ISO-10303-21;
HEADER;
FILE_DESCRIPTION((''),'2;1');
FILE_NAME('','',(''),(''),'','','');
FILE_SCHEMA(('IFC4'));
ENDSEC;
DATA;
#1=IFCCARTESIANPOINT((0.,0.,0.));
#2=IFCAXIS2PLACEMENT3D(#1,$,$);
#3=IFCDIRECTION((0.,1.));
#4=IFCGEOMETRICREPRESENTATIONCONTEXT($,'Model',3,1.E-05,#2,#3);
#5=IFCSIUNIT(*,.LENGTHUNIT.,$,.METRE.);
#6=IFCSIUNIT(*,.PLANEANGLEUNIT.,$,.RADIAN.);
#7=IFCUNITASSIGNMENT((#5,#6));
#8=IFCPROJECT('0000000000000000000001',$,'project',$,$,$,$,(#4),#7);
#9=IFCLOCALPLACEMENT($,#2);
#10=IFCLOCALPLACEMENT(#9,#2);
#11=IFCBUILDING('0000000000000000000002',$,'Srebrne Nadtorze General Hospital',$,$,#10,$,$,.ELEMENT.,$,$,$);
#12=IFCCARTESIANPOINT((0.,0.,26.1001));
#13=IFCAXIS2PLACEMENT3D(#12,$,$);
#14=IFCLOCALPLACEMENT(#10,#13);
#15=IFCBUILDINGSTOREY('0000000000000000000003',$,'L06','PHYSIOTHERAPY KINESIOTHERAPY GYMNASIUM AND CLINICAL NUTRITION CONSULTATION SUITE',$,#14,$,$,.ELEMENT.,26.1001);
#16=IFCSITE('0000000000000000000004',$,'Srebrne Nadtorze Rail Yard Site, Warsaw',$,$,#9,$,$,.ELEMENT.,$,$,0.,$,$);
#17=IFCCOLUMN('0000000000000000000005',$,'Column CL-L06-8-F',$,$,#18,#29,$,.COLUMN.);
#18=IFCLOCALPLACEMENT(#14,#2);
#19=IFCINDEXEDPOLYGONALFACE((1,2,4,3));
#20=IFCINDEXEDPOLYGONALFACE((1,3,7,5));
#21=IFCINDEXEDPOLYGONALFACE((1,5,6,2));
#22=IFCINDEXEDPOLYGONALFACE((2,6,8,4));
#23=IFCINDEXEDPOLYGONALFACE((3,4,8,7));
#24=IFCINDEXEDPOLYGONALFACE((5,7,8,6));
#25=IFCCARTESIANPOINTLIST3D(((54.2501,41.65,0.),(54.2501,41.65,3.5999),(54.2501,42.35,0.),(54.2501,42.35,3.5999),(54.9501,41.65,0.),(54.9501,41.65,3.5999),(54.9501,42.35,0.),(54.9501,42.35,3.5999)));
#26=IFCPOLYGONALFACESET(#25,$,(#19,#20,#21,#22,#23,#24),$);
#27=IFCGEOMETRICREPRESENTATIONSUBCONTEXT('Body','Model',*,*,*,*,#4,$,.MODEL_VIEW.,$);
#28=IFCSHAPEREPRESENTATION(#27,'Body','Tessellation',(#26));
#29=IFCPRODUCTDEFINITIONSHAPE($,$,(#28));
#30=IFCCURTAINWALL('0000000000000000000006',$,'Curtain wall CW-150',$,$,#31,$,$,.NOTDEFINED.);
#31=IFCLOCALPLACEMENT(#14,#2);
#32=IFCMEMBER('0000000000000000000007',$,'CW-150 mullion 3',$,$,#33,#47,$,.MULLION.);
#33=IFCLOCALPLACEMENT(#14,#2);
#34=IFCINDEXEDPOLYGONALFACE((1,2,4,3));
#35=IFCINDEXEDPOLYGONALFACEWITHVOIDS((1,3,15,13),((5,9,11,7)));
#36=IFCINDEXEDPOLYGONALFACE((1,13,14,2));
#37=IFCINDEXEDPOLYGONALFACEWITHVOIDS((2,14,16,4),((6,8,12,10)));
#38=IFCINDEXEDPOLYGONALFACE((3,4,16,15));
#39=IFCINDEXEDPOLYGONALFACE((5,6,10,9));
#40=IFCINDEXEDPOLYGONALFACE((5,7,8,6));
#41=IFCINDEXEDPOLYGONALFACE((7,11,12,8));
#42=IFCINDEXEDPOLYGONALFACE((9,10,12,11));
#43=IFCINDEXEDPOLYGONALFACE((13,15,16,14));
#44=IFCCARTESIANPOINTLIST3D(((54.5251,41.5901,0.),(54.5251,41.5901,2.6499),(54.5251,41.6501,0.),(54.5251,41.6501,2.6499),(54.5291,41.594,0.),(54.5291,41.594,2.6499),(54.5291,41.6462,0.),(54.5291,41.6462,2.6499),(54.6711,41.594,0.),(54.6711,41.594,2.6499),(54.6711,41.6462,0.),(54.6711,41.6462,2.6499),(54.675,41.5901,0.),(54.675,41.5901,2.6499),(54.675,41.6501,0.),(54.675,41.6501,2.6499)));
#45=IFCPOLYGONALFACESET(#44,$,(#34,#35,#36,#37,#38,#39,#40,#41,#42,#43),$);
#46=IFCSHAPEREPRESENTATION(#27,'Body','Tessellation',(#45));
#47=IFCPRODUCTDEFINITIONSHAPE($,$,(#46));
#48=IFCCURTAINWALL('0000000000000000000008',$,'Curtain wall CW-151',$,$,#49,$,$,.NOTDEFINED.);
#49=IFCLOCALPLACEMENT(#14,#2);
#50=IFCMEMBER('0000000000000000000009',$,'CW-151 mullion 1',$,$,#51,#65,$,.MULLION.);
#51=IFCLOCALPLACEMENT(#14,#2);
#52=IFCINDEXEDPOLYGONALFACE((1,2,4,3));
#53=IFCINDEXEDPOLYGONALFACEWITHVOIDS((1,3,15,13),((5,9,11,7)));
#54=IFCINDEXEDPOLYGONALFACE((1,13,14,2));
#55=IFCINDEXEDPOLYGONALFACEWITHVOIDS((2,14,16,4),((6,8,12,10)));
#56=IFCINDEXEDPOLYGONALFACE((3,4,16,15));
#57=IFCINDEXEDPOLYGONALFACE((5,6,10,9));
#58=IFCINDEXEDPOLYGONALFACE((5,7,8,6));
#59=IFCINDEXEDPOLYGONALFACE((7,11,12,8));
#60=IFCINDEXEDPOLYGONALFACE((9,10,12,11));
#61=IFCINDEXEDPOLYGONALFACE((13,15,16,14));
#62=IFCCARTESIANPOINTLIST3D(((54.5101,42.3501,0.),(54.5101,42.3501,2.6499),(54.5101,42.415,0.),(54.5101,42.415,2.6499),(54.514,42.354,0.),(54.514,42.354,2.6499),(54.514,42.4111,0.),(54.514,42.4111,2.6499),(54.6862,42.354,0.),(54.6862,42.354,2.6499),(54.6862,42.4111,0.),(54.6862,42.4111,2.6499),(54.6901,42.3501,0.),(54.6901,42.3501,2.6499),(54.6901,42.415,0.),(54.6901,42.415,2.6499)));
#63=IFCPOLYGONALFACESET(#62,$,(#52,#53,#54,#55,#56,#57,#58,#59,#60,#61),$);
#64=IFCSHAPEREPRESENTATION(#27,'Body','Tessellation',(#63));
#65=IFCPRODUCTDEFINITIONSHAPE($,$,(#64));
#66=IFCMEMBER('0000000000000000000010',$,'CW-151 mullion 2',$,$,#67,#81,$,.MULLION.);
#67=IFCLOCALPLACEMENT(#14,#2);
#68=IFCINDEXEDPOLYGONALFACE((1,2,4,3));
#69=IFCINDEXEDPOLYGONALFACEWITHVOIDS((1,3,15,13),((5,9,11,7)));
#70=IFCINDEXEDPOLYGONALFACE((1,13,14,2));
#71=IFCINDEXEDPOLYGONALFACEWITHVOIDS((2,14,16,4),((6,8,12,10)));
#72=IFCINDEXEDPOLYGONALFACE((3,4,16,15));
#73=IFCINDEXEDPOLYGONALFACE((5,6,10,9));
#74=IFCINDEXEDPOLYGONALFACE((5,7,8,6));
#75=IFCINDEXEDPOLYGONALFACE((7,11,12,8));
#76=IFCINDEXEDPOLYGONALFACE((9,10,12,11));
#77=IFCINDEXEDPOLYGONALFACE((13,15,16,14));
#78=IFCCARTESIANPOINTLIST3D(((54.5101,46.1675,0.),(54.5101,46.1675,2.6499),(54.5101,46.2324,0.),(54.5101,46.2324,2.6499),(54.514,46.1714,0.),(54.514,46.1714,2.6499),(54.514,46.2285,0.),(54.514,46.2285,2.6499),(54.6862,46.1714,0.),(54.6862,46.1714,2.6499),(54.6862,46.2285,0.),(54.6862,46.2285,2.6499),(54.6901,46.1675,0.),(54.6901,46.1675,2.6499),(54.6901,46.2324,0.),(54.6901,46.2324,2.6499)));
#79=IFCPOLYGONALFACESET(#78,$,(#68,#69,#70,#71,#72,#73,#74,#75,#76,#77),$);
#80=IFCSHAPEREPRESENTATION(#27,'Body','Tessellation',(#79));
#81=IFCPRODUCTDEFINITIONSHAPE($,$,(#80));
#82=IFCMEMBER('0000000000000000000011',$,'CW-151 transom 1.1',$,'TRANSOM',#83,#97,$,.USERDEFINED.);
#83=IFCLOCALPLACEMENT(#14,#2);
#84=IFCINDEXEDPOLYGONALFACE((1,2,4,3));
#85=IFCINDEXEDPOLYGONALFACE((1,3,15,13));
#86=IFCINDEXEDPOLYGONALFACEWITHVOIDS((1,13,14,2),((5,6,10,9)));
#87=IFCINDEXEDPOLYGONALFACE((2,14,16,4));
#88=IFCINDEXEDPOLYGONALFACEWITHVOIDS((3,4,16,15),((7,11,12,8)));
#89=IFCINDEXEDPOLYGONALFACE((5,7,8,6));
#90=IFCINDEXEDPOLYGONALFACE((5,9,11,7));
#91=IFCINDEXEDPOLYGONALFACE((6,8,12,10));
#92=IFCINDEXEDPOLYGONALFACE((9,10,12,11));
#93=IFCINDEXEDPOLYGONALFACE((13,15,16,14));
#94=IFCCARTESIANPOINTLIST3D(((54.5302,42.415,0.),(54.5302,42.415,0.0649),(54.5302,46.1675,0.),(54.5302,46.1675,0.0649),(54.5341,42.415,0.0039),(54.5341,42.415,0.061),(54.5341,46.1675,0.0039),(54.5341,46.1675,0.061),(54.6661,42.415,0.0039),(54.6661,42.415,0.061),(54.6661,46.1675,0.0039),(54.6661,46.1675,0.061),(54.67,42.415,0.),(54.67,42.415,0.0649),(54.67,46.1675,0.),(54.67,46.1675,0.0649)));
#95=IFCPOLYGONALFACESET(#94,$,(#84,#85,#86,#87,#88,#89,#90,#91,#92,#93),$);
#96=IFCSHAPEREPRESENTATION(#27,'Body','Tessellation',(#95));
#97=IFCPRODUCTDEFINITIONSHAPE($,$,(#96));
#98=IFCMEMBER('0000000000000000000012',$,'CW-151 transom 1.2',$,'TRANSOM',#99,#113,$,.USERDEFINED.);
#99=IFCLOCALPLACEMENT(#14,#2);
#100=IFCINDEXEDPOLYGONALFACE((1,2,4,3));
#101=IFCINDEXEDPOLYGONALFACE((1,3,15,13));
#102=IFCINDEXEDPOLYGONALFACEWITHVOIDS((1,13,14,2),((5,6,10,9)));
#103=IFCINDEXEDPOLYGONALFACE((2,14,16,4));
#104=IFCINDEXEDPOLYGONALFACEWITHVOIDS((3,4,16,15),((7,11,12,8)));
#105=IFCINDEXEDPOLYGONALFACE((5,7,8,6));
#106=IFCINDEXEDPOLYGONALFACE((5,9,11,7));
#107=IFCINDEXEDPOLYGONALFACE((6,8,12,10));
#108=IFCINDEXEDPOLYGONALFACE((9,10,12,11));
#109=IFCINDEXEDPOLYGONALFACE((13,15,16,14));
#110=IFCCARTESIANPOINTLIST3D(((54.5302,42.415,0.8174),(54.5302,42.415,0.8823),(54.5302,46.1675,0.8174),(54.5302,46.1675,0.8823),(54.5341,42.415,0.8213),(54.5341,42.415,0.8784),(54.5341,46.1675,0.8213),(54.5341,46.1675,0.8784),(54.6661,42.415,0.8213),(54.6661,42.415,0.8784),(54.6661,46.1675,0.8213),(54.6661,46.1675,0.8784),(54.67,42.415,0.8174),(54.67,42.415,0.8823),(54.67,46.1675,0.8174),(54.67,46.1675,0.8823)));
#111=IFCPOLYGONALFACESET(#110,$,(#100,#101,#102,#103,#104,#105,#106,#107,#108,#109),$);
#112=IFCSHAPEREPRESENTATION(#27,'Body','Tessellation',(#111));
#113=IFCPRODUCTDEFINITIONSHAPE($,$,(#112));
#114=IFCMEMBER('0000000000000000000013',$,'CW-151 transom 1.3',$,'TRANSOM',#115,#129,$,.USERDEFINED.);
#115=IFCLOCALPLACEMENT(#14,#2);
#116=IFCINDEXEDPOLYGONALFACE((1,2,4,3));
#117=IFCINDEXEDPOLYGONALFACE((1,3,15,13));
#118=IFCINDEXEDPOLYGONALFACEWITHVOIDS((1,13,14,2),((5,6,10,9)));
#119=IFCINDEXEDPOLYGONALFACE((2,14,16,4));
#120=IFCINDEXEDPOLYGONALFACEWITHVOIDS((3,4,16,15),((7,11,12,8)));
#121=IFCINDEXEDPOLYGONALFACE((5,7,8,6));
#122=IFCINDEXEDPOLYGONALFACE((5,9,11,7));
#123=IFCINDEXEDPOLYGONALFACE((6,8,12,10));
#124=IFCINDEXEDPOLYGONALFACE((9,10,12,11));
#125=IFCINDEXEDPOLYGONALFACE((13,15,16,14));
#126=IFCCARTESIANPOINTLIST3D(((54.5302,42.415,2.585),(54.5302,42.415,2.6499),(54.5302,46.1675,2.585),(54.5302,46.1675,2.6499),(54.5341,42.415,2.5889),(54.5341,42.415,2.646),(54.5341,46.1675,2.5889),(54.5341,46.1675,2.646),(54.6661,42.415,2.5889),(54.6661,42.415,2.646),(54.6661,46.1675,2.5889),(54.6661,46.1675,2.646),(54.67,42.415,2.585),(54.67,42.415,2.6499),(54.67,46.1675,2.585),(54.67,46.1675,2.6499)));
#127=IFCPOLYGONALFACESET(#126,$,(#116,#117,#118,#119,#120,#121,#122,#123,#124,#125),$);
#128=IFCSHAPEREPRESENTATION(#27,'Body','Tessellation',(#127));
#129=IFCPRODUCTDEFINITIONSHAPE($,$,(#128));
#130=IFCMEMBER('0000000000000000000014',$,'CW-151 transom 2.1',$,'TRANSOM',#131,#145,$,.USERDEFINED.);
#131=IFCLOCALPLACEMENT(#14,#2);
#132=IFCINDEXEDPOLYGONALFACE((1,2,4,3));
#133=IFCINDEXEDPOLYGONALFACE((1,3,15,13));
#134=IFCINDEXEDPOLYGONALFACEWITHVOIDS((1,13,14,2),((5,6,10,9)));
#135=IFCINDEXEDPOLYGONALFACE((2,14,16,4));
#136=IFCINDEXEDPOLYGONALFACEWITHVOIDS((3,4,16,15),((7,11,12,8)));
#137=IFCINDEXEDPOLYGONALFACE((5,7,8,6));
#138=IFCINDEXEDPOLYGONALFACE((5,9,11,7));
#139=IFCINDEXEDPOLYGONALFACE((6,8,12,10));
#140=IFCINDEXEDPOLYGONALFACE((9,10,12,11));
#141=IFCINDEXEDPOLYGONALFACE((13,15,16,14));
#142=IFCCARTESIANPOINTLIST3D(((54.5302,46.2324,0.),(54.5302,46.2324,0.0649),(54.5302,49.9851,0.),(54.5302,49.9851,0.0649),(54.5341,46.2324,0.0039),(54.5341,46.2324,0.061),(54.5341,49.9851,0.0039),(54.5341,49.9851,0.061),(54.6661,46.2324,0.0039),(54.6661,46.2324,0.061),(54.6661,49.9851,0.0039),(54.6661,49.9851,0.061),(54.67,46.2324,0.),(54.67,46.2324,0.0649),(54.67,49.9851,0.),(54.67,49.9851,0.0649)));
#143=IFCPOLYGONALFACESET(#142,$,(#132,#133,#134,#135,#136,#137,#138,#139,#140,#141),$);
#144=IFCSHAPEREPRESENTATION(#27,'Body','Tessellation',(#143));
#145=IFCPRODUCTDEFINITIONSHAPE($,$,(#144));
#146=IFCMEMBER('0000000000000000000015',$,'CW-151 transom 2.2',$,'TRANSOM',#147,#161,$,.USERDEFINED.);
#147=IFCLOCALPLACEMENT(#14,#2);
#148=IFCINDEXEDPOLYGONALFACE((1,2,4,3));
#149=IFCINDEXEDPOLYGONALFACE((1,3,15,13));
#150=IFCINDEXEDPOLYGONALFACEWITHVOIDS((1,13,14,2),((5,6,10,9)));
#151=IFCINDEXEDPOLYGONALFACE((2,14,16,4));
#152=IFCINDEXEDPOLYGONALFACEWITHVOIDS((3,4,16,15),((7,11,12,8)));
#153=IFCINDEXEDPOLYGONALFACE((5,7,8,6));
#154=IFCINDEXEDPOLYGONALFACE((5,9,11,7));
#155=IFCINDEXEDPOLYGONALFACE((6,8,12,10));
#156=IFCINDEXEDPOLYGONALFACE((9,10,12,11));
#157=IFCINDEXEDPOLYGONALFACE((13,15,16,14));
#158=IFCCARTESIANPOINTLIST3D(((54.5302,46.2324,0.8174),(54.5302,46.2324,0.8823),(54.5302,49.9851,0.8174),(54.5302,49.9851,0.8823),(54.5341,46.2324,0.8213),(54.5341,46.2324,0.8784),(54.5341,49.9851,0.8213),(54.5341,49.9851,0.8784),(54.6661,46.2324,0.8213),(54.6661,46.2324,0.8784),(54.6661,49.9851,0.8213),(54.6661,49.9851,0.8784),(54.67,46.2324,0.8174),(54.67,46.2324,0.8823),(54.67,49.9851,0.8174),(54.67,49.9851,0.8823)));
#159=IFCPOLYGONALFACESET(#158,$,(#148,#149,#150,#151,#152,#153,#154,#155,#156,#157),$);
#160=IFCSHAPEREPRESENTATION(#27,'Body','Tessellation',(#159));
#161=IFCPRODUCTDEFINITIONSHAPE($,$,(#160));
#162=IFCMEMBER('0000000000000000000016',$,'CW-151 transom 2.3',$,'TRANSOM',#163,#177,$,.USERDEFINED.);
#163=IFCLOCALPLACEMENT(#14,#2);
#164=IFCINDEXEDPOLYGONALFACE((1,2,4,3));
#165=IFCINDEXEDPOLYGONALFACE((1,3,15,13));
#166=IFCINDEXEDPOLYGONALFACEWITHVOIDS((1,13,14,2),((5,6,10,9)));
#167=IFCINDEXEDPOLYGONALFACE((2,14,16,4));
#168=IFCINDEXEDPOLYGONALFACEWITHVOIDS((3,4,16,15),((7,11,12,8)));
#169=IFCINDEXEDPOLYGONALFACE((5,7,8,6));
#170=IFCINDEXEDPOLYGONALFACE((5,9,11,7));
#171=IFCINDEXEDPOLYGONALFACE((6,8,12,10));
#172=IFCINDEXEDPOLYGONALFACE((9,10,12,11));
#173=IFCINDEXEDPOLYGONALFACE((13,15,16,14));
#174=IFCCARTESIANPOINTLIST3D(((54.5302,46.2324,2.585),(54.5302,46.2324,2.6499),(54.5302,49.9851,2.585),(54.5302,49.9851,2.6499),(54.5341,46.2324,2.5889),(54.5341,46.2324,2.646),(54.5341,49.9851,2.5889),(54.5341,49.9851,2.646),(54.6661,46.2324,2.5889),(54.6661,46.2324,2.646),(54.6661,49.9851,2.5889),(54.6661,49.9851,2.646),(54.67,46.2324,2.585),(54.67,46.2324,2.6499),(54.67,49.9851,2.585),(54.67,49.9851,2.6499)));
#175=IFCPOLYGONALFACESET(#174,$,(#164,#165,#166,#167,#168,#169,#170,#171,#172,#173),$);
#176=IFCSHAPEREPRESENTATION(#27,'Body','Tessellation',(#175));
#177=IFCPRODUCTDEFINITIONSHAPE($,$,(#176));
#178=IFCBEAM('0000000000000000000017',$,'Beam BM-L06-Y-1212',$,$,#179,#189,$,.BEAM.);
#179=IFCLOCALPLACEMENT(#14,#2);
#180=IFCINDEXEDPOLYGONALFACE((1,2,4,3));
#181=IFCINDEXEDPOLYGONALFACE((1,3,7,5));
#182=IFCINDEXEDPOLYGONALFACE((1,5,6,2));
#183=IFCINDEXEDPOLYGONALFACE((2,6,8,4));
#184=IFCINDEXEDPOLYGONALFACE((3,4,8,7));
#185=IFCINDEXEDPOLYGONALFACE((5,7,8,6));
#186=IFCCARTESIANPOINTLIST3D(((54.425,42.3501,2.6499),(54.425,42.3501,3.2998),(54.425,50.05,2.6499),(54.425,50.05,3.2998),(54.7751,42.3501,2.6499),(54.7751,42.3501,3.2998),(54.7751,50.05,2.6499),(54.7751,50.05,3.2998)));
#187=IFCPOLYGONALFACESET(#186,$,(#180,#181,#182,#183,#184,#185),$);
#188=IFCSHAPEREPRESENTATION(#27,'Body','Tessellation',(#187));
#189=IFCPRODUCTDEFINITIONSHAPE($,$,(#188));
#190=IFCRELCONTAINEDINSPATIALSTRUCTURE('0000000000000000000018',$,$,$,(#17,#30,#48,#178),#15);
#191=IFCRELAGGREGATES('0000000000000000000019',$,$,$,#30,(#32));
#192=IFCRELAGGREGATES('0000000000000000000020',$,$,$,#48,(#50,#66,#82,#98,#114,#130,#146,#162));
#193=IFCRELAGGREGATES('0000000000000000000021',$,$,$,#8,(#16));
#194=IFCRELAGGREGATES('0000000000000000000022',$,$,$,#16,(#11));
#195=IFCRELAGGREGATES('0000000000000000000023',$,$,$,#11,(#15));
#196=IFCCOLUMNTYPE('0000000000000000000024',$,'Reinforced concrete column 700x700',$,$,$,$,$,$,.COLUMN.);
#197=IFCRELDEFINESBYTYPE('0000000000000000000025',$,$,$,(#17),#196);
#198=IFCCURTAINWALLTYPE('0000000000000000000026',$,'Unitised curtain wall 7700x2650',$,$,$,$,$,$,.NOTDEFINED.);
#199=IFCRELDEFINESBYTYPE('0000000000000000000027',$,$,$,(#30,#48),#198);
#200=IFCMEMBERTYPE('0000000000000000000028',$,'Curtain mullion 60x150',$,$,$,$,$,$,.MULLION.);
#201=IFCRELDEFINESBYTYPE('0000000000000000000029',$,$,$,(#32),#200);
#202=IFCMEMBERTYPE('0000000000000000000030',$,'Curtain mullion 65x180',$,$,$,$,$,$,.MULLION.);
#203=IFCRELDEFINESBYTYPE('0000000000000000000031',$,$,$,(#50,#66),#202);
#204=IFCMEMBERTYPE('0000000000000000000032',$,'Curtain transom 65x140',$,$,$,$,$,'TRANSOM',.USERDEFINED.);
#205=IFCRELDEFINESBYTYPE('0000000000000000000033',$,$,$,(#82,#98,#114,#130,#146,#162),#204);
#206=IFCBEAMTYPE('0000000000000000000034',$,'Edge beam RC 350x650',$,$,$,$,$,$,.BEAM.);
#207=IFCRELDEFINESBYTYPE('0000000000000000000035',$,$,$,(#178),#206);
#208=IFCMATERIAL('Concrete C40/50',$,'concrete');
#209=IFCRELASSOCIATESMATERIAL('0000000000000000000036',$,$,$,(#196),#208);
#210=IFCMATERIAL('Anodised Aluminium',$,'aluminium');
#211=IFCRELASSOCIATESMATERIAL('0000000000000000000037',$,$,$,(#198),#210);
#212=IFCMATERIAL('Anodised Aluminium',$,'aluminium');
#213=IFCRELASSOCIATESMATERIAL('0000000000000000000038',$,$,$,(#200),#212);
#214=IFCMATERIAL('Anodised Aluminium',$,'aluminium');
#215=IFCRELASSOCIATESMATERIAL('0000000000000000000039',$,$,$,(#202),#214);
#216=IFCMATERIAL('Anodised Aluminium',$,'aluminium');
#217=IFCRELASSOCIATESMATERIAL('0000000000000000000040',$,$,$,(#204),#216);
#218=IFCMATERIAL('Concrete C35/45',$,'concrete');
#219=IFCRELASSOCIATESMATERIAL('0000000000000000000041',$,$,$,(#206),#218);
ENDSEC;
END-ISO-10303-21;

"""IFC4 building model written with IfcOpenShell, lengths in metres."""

from ifc_helpers import new_model, si_unit, direction, frame, origin, origin_2d, place, context, subcontext, project, spatial, rectangle, hollow_rectangle, extrude, material, material_profile, profile_set, type_object, element, aggregate, save


model = new_model("IFC4")

# Units and contexts
model_context = context("Model", 3, precision=1e-05, world=origin(), true_north=direction((0.0, 1.0)))
body_context = subcontext(model_context, "Body", "Model", "MODEL_VIEW")
ifc_project = project(units=[si_unit("LENGTHUNIT", "METRE"), si_unit("PLANEANGLEUNIT", "RADIAN")], contexts=[model_context])

# Site, building, storey
site_placement = place(None, origin())
site = spatial("IfcSite", under=ifc_project, at=site_placement, Name="Srebrne Nadtorze Rail Yard Site, Warsaw", CompositionType="ELEMENT", RefElevation=0.0)
building_placement = place(site_placement, origin())
building = spatial("IfcBuilding", under=site, at=building_placement, Name="Srebrne Nadtorze General Hospital", CompositionType="ELEMENT")
storey_placement = place(building_placement, frame((0.0, 0.0, 26.1001)))
storey = spatial("IfcBuildingStorey", under=building, at=storey_placement, Name="L06", Description="PHYSIOTHERAPY KINESIOTHERAPY GYMNASIUM AND CLINICAL NUTRITION CONSULTATION SUITE", CompositionType="ELEMENT", Elevation=26.1001)

# Column
ifc_material_1 = material(Name="Concrete C40/50", Category="concrete")
ifc_material_profile_1 = material_profile(ifc_material_1, rectangle(XDim=0.7, YDim=0.7, at=origin_2d()), Name="RC-COL-700x700")
ifc_profile_set_1 = profile_set([ifc_material_profile_1], Name="Concrete C40/50")
column_type = type_object("IfcColumnType", Name="Reinforced concrete column 700x700", PredefinedType="COLUMN", material=ifc_profile_set_1)
column_placement = place(storey_placement, frame((54.6001, 42.0, 0.0), z_axis=(0.0, 0.0, 1.0), x_axis=(1.0, 0.0, 0.0)))
element("IfcColumn", 1, at=column_placement, inside=storey, type_object=column_type, Name="Column CL-L06-8-F", PredefinedType="COLUMN", context=body_context, shape_type="SweptSolid", body=[
    extrude(rectangle(XDim=0.7, YDim=0.7, at=origin_2d()), origin(), (0.0, 0.0, 1.0), 3.5999),
])

# Curtain wall, member
ifc_material_2 = material(Name="Anodised Aluminium", Category="aluminium")
curtain_wall_type = type_object("IfcCurtainWallType", Name="Unitised curtain wall 7700x2650", PredefinedType="NOTDEFINED", material=ifc_material_2)
curtain_wall_1_placement = place(storey_placement, origin())
curtain_wall_1 = element("IfcCurtainWall", 2, at=curtain_wall_1_placement, inside=storey, type_object=curtain_wall_type, Name="Curtain wall CW-150", PredefinedType="NOTDEFINED")
ifc_material_3 = material(Name="Anodised Aluminium", Category="aluminium")
ifc_material_profile_2 = material_profile(ifc_material_3, hollow_rectangle(XDim=0.0601, YDim=0.1499, WallThickness=0.0039, at=origin_2d()), Name="AL-MUL-60x150")
ifc_profile_set_2 = profile_set([ifc_material_profile_2], Name="Anodised Aluminium")
member_type_1 = type_object("IfcMemberType", Name="Curtain mullion 60x150", PredefinedType="MULLION", material=ifc_profile_set_2)
member_1_placement = place(storey_placement, frame((54.6001, 41.6201, 0.0), z_axis=(0.0, 0.0, 1.0), x_axis=(0.0, 1.0, 0.0)))
member_1 = element("IfcMember", 3, at=member_1_placement, type_object=member_type_1, Name="CW-150 mullion 3", PredefinedType="MULLION", context=body_context, shape_type="SweptSolid", body=[
    extrude(hollow_rectangle(XDim=0.0601, YDim=0.1499, WallThickness=0.0039, at=origin_2d()), origin(), (0.0, 0.0, 1.0), 2.6499),
])

# Curtain wall, members
curtain_wall_2_placement = place(storey_placement, origin())
curtain_wall_2 = element("IfcCurtainWall", 4, at=curtain_wall_2_placement, inside=storey, type_object=curtain_wall_type, Name="Curtain wall CW-151", PredefinedType="NOTDEFINED")
ifc_material_4 = material(Name="Anodised Aluminium", Category="aluminium")
ifc_material_profile_3 = material_profile(ifc_material_4, hollow_rectangle(XDim=0.0649, YDim=0.1799, WallThickness=0.0039, at=origin_2d()), Name="AL-MUL-65x180")
ifc_profile_set_3 = profile_set([ifc_material_profile_3], Name="Anodised Aluminium")
member_type_2 = type_object("IfcMemberType", Name="Curtain mullion 65x180", PredefinedType="MULLION", material=ifc_profile_set_3)
member_2_placement = place(storey_placement, frame((54.6001, 42.3826, 0.0), z_axis=(0.0, 0.0, 1.0), x_axis=(0.0, 1.0, 0.0)))
member_2 = element("IfcMember", 5, at=member_2_placement, type_object=member_type_2, Name="CW-151 mullion 1", PredefinedType="MULLION", context=body_context, shape_type="SweptSolid", body=[
    extrude(hollow_rectangle(XDim=0.0649, YDim=0.1799, WallThickness=0.0039, at=origin_2d()), origin(), (0.0, 0.0, 1.0), 2.6499),
])
member_3_placement = place(storey_placement, frame((54.6001, 46.2, 0.0), z_axis=(0.0, 0.0, 1.0), x_axis=(0.0, 1.0, 0.0)))
member_3 = element("IfcMember", 6, at=member_3_placement, type_object=member_type_2, Name="CW-151 mullion 2", PredefinedType="MULLION", context=body_context, shape_type="SweptSolid", body=[
    extrude(hollow_rectangle(XDim=0.0649, YDim=0.1799, WallThickness=0.0039, at=origin_2d()), origin(), (0.0, 0.0, 1.0), 2.6499),
])
ifc_material_5 = material(Name="Anodised Aluminium", Category="aluminium")
ifc_material_profile_4 = material_profile(ifc_material_5, hollow_rectangle(XDim=0.0649, YDim=0.1399, WallThickness=0.0039, at=origin_2d()), Name="AL-TRN-65x140")
ifc_profile_set_4 = profile_set([ifc_material_profile_4], Name="Anodised Aluminium")
member_type_3 = type_object("IfcMemberType", Name="Curtain transom 65x140", ElementType="TRANSOM", PredefinedType="USERDEFINED", material=ifc_profile_set_4)
member_4_placement = place(storey_placement, frame((54.6001, 42.415, 0.0325), z_axis=(0.0, 1.0, 0.0), x_axis=(0.0, 0.0, 1.0)))
member_4 = element("IfcMember", 7, at=member_4_placement, type_object=member_type_3, Name="CW-151 transom 1.1", ObjectType="TRANSOM", PredefinedType="USERDEFINED", context=body_context, shape_type="SweptSolid", body=[
    extrude(hollow_rectangle(XDim=0.0649, YDim=0.1399, WallThickness=0.0039, at=origin_2d()), origin(), (0.0, 0.0, 1.0), 3.7524),
])
member_5_placement = place(storey_placement, frame((54.6001, 42.415, 0.8499), z_axis=(0.0, 1.0, 0.0), x_axis=(0.0, 0.0, 1.0)))
member_5 = element("IfcMember", 8, at=member_5_placement, type_object=member_type_3, Name="CW-151 transom 1.2", ObjectType="TRANSOM", PredefinedType="USERDEFINED", context=body_context, shape_type="SweptSolid", body=[
    extrude(hollow_rectangle(XDim=0.0649, YDim=0.1399, WallThickness=0.0039, at=origin_2d()), origin(), (0.0, 0.0, 1.0), 3.7524),
])
member_6_placement = place(storey_placement, frame((54.6001, 42.415, 2.6174), z_axis=(0.0, 1.0, 0.0), x_axis=(0.0, 0.0, 1.0)))
member_6 = element("IfcMember", 9, at=member_6_placement, type_object=member_type_3, Name="CW-151 transom 1.3", ObjectType="TRANSOM", PredefinedType="USERDEFINED", context=body_context, shape_type="SweptSolid", body=[
    extrude(hollow_rectangle(XDim=0.0649, YDim=0.1399, WallThickness=0.0039, at=origin_2d()), origin(), (0.0, 0.0, 1.0), 3.7524),
])
member_7_placement = place(storey_placement, frame((54.6001, 46.2324, 0.0325), z_axis=(0.0, 1.0, 0.0), x_axis=(0.0, 0.0, 1.0)))
member_7 = element("IfcMember", 10, at=member_7_placement, type_object=member_type_3, Name="CW-151 transom 2.1", ObjectType="TRANSOM", PredefinedType="USERDEFINED", context=body_context, shape_type="SweptSolid", body=[
    extrude(hollow_rectangle(XDim=0.0649, YDim=0.1399, WallThickness=0.0039, at=origin_2d()), origin(), (0.0, 0.0, 1.0), 3.7527),
])
member_8_placement = place(storey_placement, frame((54.6001, 46.2324, 0.8499), z_axis=(0.0, 1.0, 0.0), x_axis=(0.0, 0.0, 1.0)))
member_8 = element("IfcMember", 11, at=member_8_placement, type_object=member_type_3, Name="CW-151 transom 2.2", ObjectType="TRANSOM", PredefinedType="USERDEFINED", context=body_context, shape_type="SweptSolid", body=[
    extrude(hollow_rectangle(XDim=0.0649, YDim=0.1399, WallThickness=0.0039, at=origin_2d()), origin(), (0.0, 0.0, 1.0), 3.7527),
])
member_9_placement = place(storey_placement, frame((54.6001, 46.2324, 2.6174), z_axis=(0.0, 1.0, 0.0), x_axis=(0.0, 0.0, 1.0)))
member_9 = element("IfcMember", 12, at=member_9_placement, type_object=member_type_3, Name="CW-151 transom 2.3", ObjectType="TRANSOM", PredefinedType="USERDEFINED", context=body_context, shape_type="SweptSolid", body=[
    extrude(hollow_rectangle(XDim=0.0649, YDim=0.1399, WallThickness=0.0039, at=origin_2d()), origin(), (0.0, 0.0, 1.0), 3.7527),
])

# Beam
ifc_material_6 = material(Name="Concrete C35/45", Category="concrete")
ifc_material_profile_5 = material_profile(ifc_material_6, rectangle(XDim=0.3501, YDim=0.6499, at=origin_2d()), Name="RC-BM-350x650")
ifc_profile_set_5 = profile_set([ifc_material_profile_5], Name="Concrete C35/45")
beam_type = type_object("IfcBeamType", Name="Edge beam RC 350x650", PredefinedType="BEAM", material=ifc_profile_set_5)
beam_placement = place(storey_placement, frame((54.6001, 42.3501, 2.9749), z_axis=(0.0, 1.0, 0.0), x_axis=(-1.0, 0.0, 0.0)))
element("IfcBeam", 13, at=beam_placement, inside=storey, type_object=beam_type, Name="Beam BM-L06-Y-1212", PredefinedType="BEAM", context=body_context, shape_type="SweptSolid", body=[
    extrude(rectangle(XDim=0.3501, YDim=0.6499, at=origin_2d()), origin(), (0.0, 0.0, 1.0), 7.7),
])

aggregate(curtain_wall_1, [member_1])
aggregate(curtain_wall_2, [member_2, member_3, member_4, member_5, member_6, member_7, member_8, member_9])

save(model, "model.ifc")
